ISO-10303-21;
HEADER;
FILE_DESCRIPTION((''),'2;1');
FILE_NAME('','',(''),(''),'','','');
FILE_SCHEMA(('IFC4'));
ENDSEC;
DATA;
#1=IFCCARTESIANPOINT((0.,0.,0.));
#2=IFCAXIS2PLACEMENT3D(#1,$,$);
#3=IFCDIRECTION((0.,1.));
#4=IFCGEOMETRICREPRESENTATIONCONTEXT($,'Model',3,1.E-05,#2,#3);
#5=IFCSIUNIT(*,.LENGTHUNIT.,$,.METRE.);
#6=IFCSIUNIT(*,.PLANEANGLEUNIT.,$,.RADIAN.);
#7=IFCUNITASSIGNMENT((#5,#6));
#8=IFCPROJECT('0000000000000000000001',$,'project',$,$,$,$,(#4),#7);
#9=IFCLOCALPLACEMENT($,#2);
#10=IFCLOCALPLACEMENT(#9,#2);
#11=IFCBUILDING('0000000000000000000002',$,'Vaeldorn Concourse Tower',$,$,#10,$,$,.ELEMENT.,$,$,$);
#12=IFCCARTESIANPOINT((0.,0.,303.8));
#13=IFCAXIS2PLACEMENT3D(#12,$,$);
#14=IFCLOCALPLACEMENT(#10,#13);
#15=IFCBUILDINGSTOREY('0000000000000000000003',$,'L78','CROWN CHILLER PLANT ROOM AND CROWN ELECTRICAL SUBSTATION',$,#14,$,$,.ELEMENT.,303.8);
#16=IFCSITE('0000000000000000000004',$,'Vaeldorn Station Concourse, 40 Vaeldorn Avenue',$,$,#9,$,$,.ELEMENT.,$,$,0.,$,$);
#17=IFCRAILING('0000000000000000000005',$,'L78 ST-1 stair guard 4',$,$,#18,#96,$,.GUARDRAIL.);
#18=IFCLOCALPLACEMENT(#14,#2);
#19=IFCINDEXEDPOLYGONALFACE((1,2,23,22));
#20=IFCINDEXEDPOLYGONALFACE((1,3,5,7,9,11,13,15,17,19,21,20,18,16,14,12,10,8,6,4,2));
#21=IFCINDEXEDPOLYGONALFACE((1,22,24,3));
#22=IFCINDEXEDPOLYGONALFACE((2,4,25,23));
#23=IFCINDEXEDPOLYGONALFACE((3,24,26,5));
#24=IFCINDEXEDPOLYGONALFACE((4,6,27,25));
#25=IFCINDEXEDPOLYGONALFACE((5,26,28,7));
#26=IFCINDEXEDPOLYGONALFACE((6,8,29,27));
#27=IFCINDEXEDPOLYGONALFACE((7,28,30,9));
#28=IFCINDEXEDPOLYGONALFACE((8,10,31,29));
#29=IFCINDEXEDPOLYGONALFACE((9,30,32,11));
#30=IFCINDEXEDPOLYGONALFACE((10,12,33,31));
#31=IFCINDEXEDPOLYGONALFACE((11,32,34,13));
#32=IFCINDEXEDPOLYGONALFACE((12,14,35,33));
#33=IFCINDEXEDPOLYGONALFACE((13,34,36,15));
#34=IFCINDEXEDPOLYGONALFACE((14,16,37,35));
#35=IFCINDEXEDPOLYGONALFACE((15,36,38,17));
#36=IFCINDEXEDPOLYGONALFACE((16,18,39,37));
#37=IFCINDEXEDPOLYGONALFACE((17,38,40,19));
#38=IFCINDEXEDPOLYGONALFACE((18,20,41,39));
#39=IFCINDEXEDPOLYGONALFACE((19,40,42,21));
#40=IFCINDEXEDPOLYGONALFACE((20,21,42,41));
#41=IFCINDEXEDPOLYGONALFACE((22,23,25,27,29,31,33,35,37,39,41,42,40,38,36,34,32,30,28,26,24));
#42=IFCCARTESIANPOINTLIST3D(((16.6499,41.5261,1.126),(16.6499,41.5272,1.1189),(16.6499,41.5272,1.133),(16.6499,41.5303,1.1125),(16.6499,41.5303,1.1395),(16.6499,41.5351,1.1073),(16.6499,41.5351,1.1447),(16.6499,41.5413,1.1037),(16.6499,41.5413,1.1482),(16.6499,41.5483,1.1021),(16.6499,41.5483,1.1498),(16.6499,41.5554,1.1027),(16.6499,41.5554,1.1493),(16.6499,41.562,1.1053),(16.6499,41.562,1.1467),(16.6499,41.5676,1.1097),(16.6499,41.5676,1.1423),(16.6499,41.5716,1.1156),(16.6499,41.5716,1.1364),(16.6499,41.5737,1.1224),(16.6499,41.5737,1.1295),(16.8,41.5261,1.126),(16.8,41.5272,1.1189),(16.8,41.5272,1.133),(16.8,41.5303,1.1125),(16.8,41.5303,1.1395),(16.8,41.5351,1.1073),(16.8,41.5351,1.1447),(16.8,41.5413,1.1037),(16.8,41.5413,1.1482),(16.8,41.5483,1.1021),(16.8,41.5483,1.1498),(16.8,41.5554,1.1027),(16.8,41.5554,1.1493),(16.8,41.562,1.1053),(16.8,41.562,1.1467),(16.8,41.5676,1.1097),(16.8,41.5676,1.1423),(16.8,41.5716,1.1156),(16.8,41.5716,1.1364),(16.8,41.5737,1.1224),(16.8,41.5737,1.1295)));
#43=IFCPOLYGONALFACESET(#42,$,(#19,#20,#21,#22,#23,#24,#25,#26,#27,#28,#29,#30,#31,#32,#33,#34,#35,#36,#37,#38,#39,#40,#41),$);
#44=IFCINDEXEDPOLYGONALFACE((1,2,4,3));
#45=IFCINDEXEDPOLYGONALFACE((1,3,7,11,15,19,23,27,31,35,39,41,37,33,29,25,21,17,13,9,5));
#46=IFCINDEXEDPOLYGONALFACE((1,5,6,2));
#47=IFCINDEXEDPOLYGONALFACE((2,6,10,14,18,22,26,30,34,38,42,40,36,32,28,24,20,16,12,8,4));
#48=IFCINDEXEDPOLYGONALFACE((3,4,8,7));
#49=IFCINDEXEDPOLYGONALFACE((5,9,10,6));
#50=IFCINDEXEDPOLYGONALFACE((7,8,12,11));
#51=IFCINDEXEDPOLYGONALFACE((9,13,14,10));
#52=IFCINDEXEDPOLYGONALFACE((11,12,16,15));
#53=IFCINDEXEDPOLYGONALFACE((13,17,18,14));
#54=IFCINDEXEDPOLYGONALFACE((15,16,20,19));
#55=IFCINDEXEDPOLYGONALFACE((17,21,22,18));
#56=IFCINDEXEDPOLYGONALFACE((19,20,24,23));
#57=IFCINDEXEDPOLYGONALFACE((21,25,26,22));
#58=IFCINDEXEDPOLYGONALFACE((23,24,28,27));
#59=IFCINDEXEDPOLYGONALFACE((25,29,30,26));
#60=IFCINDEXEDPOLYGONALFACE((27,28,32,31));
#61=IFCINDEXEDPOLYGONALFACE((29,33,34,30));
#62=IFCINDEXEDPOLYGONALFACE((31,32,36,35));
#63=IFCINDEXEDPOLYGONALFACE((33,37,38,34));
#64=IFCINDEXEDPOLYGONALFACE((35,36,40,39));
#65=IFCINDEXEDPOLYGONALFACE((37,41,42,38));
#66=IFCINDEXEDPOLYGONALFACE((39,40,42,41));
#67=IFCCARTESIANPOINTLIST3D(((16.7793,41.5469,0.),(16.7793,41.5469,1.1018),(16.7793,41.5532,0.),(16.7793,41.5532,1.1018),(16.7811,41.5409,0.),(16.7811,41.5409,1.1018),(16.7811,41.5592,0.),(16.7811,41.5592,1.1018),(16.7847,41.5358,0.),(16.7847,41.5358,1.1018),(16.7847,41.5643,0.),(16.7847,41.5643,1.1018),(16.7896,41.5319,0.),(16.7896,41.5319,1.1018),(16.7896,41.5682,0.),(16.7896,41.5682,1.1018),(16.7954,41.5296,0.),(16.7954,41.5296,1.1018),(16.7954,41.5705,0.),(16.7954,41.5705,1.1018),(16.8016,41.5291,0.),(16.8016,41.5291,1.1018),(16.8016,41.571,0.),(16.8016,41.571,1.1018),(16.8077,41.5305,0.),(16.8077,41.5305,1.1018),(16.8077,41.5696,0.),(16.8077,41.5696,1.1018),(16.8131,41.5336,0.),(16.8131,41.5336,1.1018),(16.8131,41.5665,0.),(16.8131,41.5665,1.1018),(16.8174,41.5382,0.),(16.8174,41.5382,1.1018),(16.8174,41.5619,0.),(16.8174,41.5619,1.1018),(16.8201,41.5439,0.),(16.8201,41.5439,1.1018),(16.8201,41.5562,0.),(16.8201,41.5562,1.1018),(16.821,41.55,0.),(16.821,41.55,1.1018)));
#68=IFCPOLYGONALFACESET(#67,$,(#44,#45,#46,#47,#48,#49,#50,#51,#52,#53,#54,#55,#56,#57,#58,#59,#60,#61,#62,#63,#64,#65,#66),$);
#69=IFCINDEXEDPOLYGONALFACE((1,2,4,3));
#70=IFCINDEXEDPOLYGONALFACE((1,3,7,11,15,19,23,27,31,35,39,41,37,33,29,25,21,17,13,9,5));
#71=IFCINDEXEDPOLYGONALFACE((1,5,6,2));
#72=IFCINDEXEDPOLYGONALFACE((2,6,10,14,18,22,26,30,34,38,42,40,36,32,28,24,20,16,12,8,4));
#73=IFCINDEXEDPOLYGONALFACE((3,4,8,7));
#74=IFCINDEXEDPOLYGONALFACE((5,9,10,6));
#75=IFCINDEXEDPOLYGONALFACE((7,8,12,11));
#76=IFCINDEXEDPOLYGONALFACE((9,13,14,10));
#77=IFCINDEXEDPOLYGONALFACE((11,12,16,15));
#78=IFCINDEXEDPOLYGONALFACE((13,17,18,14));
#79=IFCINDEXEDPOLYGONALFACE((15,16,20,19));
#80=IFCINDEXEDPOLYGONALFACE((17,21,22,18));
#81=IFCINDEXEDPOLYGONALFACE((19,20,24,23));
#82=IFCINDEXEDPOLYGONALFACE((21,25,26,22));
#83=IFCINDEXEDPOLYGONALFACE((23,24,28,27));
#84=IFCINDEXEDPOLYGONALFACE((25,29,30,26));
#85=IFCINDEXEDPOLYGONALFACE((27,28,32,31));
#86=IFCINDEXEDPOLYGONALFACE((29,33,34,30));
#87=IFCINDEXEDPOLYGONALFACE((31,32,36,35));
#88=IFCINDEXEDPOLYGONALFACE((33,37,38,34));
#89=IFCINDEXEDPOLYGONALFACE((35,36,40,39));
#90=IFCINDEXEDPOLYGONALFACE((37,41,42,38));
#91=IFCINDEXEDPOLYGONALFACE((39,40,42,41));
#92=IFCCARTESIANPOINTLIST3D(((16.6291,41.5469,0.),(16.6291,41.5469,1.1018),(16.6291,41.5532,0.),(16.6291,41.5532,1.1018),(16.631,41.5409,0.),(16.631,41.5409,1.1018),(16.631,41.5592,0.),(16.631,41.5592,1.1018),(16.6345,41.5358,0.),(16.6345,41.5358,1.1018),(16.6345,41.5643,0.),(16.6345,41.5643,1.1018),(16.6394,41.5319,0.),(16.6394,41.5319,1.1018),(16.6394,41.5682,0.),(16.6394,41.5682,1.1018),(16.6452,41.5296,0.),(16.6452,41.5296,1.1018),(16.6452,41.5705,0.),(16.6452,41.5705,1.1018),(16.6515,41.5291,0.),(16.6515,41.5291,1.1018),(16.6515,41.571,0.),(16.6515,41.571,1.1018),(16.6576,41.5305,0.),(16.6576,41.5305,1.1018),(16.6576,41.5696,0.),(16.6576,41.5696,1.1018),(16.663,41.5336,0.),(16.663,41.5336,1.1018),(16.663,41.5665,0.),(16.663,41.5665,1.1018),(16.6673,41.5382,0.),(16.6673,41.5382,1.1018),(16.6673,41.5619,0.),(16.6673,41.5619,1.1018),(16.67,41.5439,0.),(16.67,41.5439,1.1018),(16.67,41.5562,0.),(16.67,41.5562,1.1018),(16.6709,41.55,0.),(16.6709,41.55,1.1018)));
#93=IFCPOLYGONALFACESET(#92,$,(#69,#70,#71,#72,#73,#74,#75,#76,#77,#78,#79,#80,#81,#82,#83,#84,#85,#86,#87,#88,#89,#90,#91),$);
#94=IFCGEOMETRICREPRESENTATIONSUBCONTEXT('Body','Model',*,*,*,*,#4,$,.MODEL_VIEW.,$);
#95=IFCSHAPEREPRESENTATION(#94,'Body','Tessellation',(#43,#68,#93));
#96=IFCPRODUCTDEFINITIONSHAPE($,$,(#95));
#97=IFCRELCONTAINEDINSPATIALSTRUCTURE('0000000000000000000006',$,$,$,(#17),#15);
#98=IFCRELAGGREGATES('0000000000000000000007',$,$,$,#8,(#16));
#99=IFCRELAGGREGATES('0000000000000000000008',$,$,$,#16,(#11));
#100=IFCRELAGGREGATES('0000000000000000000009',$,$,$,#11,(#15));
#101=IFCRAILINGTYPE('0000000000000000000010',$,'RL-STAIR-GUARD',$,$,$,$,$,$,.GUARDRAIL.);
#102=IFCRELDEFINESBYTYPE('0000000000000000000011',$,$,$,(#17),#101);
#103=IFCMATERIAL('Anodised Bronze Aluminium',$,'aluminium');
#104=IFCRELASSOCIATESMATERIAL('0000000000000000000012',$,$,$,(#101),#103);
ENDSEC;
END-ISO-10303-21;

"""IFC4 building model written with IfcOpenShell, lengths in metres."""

from ifc_helpers import new_model, si_unit, direction, frame, origin, origin_2d, place, context, subcontext, project, spatial, circle, extrude, material, type_object, element, save


model = new_model("IFC4")

# Units and contexts
model_context = context("Model", 3, precision=1e-05, world=origin(), true_north=direction((0.0, 1.0)))
body_context = subcontext(model_context, "Body", "Model", "MODEL_VIEW")
ifc_project = project(units=[si_unit("LENGTHUNIT", "METRE"), si_unit("PLANEANGLEUNIT", "RADIAN")], contexts=[model_context])

# Site, building, storey
site_placement = place(None, origin())
site = spatial("IfcSite", under=ifc_project, at=site_placement, Name="Vaeldorn Station Concourse, 40 Vaeldorn Avenue", CompositionType="ELEMENT", RefElevation=0.0)
building_placement = place(site_placement, origin())
building = spatial("IfcBuilding", under=site, at=building_placement, Name="Vaeldorn Concourse Tower", CompositionType="ELEMENT")
storey_placement = place(building_placement, frame((0.0, 0.0, 303.8)))
storey = spatial("IfcBuildingStorey", under=building, at=storey_placement, Name="L78", Description="CROWN CHILLER PLANT ROOM AND CROWN ELECTRICAL SUBSTATION", CompositionType="ELEMENT", Elevation=303.8)

# Shared definitions
ifc_material_1 = material(Name="Anodised Bronze Aluminium", Category="aluminium")

# Railing
railing_type_1 = type_object("IfcRailingType", Name="RL-STAIR-GUARD", PredefinedType="GUARDRAIL", material=ifc_material_1)
railing_1_placement = place(storey_placement, frame((16.8, 41.55, 0.0)))
element("IfcRailing", 1, at=railing_1_placement, inside=storey, type_object=railing_type_1, Name="L78 ST-1 stair guard 4", PredefinedType="GUARDRAIL", context=body_context, shape_type="SweptSolid", body=[
    extrude(circle(Radius=0.0239, at=origin_2d()), frame((0.0, 0.0, 1.126), z_axis=(-1.0, 0.0, 0.0), x_axis=(0.0, -1.0, 0.0)), (0.0, 0.0, 1.0), 0.1501),
    extrude(circle(Radius=0.021, at=origin_2d()), origin(), (0.0, 0.0, 1.0), 1.1018),
    extrude(circle(Radius=0.021, at=origin_2d()), frame((-0.1501, 0.0, 0.0)), (0.0, 0.0, 1.0), 1.1018),
])

save(model, "model.ifc")
